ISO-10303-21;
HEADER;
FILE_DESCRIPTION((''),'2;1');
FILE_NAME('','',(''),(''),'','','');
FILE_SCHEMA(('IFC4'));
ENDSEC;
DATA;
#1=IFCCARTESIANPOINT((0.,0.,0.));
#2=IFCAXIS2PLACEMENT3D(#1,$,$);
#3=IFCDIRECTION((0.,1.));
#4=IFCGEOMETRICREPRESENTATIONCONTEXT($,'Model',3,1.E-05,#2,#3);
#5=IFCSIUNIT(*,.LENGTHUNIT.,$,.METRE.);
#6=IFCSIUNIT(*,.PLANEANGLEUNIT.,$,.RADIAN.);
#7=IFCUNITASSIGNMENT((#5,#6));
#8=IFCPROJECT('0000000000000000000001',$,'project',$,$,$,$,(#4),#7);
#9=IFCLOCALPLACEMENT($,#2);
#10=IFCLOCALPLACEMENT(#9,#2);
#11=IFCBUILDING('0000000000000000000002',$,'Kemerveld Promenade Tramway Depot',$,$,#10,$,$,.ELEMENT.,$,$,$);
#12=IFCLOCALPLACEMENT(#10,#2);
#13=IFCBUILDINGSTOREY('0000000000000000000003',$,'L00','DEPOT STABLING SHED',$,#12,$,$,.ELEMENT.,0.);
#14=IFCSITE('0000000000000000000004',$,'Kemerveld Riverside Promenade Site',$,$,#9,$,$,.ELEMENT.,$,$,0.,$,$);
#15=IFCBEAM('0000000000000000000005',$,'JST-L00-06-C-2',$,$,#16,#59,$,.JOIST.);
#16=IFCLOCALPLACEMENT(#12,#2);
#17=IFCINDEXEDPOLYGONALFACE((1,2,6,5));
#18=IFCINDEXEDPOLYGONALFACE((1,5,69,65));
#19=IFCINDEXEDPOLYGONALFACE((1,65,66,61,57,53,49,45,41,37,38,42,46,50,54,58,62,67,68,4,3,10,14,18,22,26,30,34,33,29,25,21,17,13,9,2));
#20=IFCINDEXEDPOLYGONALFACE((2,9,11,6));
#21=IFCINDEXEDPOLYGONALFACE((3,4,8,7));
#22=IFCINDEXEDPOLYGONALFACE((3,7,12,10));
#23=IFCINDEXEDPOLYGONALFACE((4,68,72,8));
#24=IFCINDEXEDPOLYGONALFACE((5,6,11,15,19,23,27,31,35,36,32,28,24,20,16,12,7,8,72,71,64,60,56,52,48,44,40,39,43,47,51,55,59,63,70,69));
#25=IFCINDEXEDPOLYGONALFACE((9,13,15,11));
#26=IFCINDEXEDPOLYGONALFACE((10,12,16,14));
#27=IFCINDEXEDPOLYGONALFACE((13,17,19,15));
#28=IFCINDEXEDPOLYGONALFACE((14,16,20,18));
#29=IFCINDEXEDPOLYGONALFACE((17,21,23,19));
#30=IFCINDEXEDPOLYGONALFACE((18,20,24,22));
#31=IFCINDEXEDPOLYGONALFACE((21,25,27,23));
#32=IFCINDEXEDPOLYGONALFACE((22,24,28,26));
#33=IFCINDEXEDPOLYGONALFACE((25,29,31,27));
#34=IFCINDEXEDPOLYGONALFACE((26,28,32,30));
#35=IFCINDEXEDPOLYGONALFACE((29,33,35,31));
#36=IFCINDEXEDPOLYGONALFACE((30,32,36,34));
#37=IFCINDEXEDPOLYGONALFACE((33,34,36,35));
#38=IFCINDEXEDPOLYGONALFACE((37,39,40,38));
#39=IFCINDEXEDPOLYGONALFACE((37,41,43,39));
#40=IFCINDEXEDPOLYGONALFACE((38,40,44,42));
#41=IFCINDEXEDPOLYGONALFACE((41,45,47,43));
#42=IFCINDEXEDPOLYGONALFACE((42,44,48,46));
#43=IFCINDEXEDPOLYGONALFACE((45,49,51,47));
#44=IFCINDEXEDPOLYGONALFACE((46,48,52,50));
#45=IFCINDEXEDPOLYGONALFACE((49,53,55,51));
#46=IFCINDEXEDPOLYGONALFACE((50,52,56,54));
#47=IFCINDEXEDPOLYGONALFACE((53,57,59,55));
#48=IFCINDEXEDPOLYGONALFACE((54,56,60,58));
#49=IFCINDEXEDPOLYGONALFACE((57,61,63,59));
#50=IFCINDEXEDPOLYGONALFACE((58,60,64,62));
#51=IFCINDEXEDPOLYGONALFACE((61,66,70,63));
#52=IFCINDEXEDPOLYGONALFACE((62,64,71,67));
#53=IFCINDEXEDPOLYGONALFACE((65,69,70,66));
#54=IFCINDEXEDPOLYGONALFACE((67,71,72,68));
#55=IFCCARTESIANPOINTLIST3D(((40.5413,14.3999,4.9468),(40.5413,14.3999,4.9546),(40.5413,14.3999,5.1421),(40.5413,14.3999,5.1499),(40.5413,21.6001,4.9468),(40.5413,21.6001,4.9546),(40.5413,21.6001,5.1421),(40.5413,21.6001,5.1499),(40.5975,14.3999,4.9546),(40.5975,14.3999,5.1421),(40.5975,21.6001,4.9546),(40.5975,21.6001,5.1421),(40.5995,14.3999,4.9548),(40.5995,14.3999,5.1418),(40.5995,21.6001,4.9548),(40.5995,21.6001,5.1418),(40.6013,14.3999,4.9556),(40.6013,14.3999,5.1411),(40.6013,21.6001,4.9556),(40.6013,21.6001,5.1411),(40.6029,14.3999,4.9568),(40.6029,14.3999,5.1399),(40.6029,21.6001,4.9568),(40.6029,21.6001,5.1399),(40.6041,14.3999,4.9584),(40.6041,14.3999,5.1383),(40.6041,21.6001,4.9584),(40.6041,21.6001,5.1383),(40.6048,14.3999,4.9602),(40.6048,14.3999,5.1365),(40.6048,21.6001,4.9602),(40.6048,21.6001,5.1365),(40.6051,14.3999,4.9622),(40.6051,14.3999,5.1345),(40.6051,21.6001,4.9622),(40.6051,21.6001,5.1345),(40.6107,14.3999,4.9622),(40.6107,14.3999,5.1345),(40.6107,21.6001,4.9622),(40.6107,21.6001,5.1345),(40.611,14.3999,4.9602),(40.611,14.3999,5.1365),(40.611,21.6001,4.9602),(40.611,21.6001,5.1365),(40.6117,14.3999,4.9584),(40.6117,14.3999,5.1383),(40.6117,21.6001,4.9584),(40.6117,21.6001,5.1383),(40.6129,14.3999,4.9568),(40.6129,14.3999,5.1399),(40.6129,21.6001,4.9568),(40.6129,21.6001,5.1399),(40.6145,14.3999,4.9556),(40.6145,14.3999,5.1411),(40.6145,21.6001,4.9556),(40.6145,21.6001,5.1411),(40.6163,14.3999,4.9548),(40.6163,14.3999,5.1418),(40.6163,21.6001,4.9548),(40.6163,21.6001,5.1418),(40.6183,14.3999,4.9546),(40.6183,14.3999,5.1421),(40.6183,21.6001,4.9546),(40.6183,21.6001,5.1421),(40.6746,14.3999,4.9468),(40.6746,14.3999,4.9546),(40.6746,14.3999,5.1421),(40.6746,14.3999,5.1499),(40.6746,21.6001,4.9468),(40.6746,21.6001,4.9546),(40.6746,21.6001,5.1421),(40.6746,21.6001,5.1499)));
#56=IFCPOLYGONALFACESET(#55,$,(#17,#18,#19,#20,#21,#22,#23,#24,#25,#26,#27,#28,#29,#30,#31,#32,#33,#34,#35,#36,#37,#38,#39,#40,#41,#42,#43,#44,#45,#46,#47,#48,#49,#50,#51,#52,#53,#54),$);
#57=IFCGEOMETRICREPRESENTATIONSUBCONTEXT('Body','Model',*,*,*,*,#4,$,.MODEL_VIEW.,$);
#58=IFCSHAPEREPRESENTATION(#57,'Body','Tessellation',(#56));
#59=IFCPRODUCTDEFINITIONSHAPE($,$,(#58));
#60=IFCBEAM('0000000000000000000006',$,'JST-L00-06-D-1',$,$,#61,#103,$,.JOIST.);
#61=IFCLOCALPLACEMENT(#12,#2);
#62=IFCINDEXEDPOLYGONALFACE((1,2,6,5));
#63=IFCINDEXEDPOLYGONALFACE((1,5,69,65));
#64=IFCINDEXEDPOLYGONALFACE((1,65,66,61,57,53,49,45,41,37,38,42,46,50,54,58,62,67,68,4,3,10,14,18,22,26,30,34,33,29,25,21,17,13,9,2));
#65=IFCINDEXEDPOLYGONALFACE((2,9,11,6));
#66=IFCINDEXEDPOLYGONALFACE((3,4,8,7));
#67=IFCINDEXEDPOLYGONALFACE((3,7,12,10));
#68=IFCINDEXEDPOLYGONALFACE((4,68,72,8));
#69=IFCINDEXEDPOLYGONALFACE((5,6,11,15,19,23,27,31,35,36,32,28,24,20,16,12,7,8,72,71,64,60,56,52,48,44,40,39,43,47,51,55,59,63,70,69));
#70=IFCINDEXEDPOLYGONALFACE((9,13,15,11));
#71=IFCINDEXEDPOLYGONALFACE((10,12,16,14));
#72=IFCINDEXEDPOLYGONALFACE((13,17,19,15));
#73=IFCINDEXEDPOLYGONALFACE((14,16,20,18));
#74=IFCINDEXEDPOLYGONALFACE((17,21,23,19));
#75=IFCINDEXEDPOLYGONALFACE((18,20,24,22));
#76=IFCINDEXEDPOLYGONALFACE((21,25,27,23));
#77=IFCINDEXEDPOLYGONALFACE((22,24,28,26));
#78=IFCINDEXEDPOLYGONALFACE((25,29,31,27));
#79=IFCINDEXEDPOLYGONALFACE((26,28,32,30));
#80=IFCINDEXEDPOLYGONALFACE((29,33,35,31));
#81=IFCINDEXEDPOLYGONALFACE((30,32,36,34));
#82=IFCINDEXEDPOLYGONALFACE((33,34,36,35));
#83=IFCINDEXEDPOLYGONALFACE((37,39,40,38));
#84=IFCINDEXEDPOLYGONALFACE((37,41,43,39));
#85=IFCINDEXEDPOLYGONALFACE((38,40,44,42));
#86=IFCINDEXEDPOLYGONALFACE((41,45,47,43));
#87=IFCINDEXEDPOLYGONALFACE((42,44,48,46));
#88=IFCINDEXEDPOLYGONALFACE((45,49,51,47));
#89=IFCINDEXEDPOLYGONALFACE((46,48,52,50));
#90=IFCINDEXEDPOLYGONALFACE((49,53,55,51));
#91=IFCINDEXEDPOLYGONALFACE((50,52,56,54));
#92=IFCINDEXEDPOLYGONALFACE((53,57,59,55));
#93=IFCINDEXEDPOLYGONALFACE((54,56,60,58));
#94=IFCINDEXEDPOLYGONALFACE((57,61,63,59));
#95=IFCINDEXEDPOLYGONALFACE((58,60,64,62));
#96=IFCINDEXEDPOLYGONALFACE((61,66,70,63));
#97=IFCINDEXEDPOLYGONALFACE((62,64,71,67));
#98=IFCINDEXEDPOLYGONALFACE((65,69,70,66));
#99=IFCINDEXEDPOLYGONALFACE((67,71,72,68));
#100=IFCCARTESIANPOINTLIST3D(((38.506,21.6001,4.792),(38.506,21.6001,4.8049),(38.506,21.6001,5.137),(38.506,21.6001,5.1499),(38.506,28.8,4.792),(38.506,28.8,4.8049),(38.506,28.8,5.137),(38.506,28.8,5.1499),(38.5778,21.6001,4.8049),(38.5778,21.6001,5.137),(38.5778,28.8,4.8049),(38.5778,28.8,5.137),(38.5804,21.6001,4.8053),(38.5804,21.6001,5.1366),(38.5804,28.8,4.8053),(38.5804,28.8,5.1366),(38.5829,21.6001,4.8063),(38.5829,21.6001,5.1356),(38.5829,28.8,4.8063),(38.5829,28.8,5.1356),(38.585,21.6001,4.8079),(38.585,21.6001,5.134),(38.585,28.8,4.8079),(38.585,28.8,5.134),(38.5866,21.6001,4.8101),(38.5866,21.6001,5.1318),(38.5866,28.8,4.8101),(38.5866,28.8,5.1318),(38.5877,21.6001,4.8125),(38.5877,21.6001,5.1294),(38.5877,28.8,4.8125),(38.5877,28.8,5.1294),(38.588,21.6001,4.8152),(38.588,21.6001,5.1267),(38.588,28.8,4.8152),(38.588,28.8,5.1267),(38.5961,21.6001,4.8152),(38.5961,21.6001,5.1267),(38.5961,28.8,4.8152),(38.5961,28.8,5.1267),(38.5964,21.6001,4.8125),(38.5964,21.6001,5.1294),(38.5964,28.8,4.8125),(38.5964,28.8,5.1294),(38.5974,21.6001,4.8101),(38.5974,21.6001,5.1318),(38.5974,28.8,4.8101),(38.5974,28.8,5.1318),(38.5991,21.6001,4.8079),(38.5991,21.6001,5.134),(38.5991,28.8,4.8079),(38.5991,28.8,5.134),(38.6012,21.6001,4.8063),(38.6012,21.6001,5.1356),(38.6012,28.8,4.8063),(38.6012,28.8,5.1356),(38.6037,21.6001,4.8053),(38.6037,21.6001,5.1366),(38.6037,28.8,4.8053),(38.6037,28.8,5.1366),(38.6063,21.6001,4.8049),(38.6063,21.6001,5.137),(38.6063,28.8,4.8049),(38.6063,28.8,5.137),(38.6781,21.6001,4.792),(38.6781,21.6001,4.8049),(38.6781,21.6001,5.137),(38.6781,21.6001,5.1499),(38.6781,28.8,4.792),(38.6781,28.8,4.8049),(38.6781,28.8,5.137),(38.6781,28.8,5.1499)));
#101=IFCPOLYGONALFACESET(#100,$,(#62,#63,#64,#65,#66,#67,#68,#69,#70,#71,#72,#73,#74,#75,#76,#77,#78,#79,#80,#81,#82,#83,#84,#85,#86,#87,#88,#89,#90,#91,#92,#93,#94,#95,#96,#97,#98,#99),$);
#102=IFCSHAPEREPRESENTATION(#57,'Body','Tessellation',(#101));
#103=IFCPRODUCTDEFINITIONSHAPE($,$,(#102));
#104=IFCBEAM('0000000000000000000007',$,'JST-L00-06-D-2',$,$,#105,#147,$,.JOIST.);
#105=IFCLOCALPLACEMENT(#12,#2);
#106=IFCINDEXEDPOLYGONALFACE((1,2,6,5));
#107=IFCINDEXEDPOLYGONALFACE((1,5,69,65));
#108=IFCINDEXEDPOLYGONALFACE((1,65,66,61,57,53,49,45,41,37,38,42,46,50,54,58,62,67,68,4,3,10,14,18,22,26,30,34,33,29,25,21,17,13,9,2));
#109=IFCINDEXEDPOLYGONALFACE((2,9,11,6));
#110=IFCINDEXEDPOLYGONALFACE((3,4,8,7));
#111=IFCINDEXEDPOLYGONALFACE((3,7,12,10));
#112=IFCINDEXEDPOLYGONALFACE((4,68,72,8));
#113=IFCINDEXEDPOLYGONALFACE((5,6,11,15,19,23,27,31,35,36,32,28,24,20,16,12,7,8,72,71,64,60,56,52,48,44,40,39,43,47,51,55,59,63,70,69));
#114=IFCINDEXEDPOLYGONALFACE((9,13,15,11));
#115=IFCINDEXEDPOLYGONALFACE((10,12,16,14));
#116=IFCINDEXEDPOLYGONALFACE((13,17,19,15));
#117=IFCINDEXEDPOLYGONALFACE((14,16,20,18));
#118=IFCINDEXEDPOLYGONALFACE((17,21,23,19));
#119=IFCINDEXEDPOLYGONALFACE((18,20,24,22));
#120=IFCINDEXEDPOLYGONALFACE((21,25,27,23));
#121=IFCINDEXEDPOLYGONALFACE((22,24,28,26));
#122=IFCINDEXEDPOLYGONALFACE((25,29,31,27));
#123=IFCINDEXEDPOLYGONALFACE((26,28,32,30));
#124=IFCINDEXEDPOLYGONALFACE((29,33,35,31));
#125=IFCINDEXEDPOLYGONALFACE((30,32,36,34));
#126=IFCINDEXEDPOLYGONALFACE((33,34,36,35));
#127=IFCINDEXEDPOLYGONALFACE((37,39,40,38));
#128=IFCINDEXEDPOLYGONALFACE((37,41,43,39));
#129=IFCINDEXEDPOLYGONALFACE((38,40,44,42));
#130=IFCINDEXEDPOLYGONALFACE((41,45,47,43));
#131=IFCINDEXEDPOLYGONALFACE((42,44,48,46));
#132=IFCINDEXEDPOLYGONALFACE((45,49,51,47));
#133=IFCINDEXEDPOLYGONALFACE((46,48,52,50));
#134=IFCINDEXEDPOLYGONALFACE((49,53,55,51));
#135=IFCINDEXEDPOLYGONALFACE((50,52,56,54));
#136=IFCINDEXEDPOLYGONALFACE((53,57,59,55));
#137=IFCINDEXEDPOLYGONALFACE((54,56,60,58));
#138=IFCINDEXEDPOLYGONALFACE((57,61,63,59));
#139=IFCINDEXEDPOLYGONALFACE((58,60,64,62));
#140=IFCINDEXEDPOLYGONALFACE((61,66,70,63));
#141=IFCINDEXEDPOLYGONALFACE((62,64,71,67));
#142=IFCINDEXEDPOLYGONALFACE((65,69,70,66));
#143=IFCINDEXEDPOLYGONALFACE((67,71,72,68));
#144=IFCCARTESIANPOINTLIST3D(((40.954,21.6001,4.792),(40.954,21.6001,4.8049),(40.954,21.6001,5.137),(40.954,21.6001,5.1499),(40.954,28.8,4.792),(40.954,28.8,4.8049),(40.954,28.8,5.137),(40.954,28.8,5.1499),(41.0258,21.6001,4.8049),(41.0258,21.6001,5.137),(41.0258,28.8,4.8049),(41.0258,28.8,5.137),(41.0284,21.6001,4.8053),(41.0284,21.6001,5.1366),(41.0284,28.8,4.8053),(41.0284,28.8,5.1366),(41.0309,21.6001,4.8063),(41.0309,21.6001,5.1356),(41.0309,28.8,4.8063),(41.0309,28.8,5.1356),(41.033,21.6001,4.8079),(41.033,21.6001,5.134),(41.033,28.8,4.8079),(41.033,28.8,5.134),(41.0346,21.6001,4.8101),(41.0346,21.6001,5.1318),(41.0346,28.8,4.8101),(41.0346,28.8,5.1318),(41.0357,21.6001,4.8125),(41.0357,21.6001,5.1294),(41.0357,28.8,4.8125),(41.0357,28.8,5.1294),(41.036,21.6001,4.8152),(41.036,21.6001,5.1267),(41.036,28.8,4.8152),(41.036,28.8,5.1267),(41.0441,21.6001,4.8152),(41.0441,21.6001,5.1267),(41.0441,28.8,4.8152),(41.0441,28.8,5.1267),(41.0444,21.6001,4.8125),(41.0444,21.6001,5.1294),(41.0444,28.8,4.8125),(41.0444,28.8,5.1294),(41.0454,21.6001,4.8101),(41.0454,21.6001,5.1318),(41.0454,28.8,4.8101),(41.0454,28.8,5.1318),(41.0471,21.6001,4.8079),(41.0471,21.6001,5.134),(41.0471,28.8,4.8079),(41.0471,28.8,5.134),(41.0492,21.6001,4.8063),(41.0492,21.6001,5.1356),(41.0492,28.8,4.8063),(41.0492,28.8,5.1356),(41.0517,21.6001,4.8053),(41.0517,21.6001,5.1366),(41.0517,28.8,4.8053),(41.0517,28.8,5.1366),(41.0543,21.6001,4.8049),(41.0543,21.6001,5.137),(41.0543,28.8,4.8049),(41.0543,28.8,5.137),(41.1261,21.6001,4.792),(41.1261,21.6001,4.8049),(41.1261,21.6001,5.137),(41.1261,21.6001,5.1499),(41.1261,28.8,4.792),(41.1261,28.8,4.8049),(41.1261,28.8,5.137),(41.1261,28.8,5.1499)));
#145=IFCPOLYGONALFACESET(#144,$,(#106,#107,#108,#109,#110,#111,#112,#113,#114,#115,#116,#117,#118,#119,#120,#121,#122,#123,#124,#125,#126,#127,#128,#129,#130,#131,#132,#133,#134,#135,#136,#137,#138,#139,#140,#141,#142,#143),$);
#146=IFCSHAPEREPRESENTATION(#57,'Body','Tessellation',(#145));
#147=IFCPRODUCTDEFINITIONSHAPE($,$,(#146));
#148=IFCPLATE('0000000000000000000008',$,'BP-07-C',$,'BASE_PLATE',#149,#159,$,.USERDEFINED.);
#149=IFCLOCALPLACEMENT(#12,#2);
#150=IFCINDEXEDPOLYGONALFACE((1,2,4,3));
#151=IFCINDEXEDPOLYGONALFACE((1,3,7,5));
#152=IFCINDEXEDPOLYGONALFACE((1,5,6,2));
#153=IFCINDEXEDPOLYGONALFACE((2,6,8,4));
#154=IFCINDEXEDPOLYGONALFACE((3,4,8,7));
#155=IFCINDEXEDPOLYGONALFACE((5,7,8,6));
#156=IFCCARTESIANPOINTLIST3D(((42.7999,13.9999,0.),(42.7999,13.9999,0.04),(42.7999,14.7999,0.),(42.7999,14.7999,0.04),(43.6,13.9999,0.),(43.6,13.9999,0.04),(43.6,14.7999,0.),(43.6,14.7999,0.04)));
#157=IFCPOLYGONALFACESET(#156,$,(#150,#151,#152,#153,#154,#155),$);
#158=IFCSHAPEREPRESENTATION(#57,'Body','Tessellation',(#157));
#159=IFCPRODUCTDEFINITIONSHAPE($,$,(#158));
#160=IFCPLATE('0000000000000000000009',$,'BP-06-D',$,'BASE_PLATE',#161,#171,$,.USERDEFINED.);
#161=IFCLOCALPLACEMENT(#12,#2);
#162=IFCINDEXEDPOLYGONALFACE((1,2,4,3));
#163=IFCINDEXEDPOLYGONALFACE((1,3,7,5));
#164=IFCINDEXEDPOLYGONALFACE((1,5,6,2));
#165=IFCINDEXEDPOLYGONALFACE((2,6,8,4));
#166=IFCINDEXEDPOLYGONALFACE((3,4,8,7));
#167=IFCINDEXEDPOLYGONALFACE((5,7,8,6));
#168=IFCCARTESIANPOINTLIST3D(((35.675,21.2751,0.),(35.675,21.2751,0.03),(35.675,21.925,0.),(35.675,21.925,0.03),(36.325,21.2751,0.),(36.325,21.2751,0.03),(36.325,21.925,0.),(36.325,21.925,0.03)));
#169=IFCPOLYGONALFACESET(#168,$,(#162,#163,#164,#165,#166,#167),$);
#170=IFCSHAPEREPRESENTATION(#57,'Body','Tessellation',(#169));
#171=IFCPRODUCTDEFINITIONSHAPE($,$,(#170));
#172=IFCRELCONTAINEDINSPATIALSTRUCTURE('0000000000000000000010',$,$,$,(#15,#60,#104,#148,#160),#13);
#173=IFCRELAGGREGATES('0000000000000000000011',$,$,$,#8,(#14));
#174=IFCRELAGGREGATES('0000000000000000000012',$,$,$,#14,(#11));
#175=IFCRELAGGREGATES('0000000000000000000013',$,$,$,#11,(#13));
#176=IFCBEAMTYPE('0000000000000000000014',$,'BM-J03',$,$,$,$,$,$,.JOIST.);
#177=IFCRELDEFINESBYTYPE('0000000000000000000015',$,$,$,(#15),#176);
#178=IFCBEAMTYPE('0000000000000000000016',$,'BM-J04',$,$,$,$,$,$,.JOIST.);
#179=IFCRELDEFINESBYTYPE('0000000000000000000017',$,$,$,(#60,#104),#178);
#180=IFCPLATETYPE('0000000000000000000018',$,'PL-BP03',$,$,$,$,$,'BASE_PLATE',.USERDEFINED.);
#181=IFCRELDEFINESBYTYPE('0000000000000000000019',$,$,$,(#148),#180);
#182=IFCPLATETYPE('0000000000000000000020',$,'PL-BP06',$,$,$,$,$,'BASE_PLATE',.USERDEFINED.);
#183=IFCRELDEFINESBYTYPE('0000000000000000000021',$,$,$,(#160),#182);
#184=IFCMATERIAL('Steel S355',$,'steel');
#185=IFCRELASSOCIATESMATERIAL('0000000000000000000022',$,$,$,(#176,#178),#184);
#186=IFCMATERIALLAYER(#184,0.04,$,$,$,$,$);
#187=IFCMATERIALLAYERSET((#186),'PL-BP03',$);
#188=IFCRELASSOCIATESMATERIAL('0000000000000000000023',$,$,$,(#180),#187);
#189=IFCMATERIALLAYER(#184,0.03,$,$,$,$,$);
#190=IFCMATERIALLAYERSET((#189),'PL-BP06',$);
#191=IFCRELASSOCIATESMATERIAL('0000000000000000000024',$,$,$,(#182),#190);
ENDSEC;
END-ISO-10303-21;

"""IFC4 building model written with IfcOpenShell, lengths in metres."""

from ifc_helpers import new_model, si_unit, direction, frame, origin, origin_2d, place, context, subcontext, project, spatial, rectangle, i_section, extrude, material, layer, layer_set, material_profile, profile_set, type_object, element, save


model = new_model("IFC4")

# Units and contexts
model_context = context("Model", 3, precision=1e-05, world=origin(), true_north=direction((0.0, 1.0)))
body_context = subcontext(model_context, "Body", "Model", "MODEL_VIEW")
ifc_project = project(units=[si_unit("LENGTHUNIT", "METRE"), si_unit("PLANEANGLEUNIT", "RADIAN")], contexts=[model_context])

# Site, building, storey
site_placement = place(None, origin())
site = spatial("IfcSite", under=ifc_project, at=site_placement, Name="Kemerveld Riverside Promenade Site", CompositionType="ELEMENT", RefElevation=0.0)
building_placement = place(site_placement, origin())
building = spatial("IfcBuilding", under=site, at=building_placement, Name="Kemerveld Promenade Tramway Depot", CompositionType="ELEMENT")
storey_placement = place(building_placement, origin())
storey = spatial("IfcBuildingStorey", under=building, at=storey_placement, Name="L00", Description="DEPOT STABLING SHED", CompositionType="ELEMENT", Elevation=0.0)

# Shared definitions
ifc_material_1 = material(Name="Steel S355", Category="steel")

# Beams
ifc_material_profile_1 = material_profile(ifc_material_1, i_section(OverallWidth=0.1333, OverallDepth=0.2031, WebThickness=0.0056, FlangeThickness=0.0078, FilletRadius=0.0076, at=origin_2d()), Name="203x133x25 UB")
ifc_profile_set_1 = profile_set([ifc_material_profile_1], Name="Steel S355")
beam_type_1 = type_object("IfcBeamType", Name="BM-J03", PredefinedType="JOIST", material=ifc_profile_set_1)
for number, where, z_axis, x_axis, name in (
    (1, (40.6079, 14.3999, 5.0483), (0.0, 1.0, 0.0), (-1.0, 0.0, 0.0), "JST-L00-06-C-2"),
):
    element("IfcBeam", number, at=place(storey_placement, frame(where, z_axis=z_axis, x_axis=x_axis)), inside=storey, type_object=beam_type_1, Name=name, PredefinedType="JOIST", context=body_context, shape_type="SweptSolid", body=[
        extrude(i_section(OverallWidth=0.1333, OverallDepth=0.2031, WebThickness=0.0056, FlangeThickness=0.0078, FilletRadius=0.0076, at=origin_2d()), origin(), (0.0, 0.0, 1.0), 7.2002),
    ])
ifc_material_profile_2 = material_profile(ifc_material_1, i_section(OverallWidth=0.1721, OverallDepth=0.3579, WebThickness=0.0081, FlangeThickness=0.0129, FilletRadius=0.0103, at=origin_2d()), Name="356x171x57 UB")
ifc_profile_set_2 = profile_set([ifc_material_profile_2], Name="Steel S355")
beam_type_2 = type_object("IfcBeamType", Name="BM-J04", PredefinedType="JOIST", material=ifc_profile_set_2)
for number, where, z_axis, x_axis, name in (
    (2, (38.592, 21.6001, 4.9709), (0.0, 1.0, 0.0), (-1.0, 0.0, 0.0), "JST-L00-06-D-1"),
    (3, (41.04, 21.6001, 4.9709), (0.0, 1.0, 0.0), (-1.0, 0.0, 0.0), "JST-L00-06-D-2"),
):
    element("IfcBeam", number, at=place(storey_placement, frame(where, z_axis=z_axis, x_axis=x_axis)), inside=storey, type_object=beam_type_2, Name=name, PredefinedType="JOIST", context=body_context, shape_type="SweptSolid", body=[
        extrude(i_section(OverallWidth=0.1721, OverallDepth=0.3579, WebThickness=0.0081, FlangeThickness=0.0129, FilletRadius=0.0103, at=origin_2d()), origin(), (0.0, 0.0, 1.0), 7.2),
    ])

# Plates
ifc_layer_1 = layer(ifc_material_1, 0.04)
ifc_layer_set_1 = layer_set([ifc_layer_1], Name="PL-BP03")
plate_type_1 = type_object("IfcPlateType", Name="PL-BP03", ElementType="BASE_PLATE", PredefinedType="USERDEFINED", material=ifc_layer_set_1)
plate_1_placement = place(storey_placement, frame((43.2, 14.3999, 0.0), z_axis=(0.0, 0.0, 1.0), x_axis=(1.0, 0.0, 0.0)))
element("IfcPlate", 4, at=plate_1_placement, inside=storey, type_object=plate_type_1, Name="BP-07-C", ObjectType="BASE_PLATE", PredefinedType="USERDEFINED", context=body_context, shape_type="SweptSolid", body=[
    extrude(rectangle(XDim=0.8, YDim=0.8, at=origin_2d()), origin(), (0.0, 0.0, 1.0), 0.04),
])
ifc_layer_2 = layer(ifc_material_1, 0.03)
ifc_layer_set_2 = layer_set([ifc_layer_2], Name="PL-BP06")
plate_type_2 = type_object("IfcPlateType", Name="PL-BP06", ElementType="BASE_PLATE", PredefinedType="USERDEFINED", material=ifc_layer_set_2)
plate_2_placement = place(storey_placement, frame((36.0, 21.6001, 0.0), z_axis=(0.0, 0.0, 1.0), x_axis=(1.0, 0.0, 0.0)))
element("IfcPlate", 5, at=plate_2_placement, inside=storey, type_object=plate_type_2, Name="BP-06-D", ObjectType="BASE_PLATE", PredefinedType="USERDEFINED", context=body_context, shape_type="SweptSolid", body=[
    extrude(rectangle(XDim=0.6499, YDim=0.6499, at=origin_2d()), origin(), (0.0, 0.0, 1.0), 0.03),
])

save(model, "model.ifc")
